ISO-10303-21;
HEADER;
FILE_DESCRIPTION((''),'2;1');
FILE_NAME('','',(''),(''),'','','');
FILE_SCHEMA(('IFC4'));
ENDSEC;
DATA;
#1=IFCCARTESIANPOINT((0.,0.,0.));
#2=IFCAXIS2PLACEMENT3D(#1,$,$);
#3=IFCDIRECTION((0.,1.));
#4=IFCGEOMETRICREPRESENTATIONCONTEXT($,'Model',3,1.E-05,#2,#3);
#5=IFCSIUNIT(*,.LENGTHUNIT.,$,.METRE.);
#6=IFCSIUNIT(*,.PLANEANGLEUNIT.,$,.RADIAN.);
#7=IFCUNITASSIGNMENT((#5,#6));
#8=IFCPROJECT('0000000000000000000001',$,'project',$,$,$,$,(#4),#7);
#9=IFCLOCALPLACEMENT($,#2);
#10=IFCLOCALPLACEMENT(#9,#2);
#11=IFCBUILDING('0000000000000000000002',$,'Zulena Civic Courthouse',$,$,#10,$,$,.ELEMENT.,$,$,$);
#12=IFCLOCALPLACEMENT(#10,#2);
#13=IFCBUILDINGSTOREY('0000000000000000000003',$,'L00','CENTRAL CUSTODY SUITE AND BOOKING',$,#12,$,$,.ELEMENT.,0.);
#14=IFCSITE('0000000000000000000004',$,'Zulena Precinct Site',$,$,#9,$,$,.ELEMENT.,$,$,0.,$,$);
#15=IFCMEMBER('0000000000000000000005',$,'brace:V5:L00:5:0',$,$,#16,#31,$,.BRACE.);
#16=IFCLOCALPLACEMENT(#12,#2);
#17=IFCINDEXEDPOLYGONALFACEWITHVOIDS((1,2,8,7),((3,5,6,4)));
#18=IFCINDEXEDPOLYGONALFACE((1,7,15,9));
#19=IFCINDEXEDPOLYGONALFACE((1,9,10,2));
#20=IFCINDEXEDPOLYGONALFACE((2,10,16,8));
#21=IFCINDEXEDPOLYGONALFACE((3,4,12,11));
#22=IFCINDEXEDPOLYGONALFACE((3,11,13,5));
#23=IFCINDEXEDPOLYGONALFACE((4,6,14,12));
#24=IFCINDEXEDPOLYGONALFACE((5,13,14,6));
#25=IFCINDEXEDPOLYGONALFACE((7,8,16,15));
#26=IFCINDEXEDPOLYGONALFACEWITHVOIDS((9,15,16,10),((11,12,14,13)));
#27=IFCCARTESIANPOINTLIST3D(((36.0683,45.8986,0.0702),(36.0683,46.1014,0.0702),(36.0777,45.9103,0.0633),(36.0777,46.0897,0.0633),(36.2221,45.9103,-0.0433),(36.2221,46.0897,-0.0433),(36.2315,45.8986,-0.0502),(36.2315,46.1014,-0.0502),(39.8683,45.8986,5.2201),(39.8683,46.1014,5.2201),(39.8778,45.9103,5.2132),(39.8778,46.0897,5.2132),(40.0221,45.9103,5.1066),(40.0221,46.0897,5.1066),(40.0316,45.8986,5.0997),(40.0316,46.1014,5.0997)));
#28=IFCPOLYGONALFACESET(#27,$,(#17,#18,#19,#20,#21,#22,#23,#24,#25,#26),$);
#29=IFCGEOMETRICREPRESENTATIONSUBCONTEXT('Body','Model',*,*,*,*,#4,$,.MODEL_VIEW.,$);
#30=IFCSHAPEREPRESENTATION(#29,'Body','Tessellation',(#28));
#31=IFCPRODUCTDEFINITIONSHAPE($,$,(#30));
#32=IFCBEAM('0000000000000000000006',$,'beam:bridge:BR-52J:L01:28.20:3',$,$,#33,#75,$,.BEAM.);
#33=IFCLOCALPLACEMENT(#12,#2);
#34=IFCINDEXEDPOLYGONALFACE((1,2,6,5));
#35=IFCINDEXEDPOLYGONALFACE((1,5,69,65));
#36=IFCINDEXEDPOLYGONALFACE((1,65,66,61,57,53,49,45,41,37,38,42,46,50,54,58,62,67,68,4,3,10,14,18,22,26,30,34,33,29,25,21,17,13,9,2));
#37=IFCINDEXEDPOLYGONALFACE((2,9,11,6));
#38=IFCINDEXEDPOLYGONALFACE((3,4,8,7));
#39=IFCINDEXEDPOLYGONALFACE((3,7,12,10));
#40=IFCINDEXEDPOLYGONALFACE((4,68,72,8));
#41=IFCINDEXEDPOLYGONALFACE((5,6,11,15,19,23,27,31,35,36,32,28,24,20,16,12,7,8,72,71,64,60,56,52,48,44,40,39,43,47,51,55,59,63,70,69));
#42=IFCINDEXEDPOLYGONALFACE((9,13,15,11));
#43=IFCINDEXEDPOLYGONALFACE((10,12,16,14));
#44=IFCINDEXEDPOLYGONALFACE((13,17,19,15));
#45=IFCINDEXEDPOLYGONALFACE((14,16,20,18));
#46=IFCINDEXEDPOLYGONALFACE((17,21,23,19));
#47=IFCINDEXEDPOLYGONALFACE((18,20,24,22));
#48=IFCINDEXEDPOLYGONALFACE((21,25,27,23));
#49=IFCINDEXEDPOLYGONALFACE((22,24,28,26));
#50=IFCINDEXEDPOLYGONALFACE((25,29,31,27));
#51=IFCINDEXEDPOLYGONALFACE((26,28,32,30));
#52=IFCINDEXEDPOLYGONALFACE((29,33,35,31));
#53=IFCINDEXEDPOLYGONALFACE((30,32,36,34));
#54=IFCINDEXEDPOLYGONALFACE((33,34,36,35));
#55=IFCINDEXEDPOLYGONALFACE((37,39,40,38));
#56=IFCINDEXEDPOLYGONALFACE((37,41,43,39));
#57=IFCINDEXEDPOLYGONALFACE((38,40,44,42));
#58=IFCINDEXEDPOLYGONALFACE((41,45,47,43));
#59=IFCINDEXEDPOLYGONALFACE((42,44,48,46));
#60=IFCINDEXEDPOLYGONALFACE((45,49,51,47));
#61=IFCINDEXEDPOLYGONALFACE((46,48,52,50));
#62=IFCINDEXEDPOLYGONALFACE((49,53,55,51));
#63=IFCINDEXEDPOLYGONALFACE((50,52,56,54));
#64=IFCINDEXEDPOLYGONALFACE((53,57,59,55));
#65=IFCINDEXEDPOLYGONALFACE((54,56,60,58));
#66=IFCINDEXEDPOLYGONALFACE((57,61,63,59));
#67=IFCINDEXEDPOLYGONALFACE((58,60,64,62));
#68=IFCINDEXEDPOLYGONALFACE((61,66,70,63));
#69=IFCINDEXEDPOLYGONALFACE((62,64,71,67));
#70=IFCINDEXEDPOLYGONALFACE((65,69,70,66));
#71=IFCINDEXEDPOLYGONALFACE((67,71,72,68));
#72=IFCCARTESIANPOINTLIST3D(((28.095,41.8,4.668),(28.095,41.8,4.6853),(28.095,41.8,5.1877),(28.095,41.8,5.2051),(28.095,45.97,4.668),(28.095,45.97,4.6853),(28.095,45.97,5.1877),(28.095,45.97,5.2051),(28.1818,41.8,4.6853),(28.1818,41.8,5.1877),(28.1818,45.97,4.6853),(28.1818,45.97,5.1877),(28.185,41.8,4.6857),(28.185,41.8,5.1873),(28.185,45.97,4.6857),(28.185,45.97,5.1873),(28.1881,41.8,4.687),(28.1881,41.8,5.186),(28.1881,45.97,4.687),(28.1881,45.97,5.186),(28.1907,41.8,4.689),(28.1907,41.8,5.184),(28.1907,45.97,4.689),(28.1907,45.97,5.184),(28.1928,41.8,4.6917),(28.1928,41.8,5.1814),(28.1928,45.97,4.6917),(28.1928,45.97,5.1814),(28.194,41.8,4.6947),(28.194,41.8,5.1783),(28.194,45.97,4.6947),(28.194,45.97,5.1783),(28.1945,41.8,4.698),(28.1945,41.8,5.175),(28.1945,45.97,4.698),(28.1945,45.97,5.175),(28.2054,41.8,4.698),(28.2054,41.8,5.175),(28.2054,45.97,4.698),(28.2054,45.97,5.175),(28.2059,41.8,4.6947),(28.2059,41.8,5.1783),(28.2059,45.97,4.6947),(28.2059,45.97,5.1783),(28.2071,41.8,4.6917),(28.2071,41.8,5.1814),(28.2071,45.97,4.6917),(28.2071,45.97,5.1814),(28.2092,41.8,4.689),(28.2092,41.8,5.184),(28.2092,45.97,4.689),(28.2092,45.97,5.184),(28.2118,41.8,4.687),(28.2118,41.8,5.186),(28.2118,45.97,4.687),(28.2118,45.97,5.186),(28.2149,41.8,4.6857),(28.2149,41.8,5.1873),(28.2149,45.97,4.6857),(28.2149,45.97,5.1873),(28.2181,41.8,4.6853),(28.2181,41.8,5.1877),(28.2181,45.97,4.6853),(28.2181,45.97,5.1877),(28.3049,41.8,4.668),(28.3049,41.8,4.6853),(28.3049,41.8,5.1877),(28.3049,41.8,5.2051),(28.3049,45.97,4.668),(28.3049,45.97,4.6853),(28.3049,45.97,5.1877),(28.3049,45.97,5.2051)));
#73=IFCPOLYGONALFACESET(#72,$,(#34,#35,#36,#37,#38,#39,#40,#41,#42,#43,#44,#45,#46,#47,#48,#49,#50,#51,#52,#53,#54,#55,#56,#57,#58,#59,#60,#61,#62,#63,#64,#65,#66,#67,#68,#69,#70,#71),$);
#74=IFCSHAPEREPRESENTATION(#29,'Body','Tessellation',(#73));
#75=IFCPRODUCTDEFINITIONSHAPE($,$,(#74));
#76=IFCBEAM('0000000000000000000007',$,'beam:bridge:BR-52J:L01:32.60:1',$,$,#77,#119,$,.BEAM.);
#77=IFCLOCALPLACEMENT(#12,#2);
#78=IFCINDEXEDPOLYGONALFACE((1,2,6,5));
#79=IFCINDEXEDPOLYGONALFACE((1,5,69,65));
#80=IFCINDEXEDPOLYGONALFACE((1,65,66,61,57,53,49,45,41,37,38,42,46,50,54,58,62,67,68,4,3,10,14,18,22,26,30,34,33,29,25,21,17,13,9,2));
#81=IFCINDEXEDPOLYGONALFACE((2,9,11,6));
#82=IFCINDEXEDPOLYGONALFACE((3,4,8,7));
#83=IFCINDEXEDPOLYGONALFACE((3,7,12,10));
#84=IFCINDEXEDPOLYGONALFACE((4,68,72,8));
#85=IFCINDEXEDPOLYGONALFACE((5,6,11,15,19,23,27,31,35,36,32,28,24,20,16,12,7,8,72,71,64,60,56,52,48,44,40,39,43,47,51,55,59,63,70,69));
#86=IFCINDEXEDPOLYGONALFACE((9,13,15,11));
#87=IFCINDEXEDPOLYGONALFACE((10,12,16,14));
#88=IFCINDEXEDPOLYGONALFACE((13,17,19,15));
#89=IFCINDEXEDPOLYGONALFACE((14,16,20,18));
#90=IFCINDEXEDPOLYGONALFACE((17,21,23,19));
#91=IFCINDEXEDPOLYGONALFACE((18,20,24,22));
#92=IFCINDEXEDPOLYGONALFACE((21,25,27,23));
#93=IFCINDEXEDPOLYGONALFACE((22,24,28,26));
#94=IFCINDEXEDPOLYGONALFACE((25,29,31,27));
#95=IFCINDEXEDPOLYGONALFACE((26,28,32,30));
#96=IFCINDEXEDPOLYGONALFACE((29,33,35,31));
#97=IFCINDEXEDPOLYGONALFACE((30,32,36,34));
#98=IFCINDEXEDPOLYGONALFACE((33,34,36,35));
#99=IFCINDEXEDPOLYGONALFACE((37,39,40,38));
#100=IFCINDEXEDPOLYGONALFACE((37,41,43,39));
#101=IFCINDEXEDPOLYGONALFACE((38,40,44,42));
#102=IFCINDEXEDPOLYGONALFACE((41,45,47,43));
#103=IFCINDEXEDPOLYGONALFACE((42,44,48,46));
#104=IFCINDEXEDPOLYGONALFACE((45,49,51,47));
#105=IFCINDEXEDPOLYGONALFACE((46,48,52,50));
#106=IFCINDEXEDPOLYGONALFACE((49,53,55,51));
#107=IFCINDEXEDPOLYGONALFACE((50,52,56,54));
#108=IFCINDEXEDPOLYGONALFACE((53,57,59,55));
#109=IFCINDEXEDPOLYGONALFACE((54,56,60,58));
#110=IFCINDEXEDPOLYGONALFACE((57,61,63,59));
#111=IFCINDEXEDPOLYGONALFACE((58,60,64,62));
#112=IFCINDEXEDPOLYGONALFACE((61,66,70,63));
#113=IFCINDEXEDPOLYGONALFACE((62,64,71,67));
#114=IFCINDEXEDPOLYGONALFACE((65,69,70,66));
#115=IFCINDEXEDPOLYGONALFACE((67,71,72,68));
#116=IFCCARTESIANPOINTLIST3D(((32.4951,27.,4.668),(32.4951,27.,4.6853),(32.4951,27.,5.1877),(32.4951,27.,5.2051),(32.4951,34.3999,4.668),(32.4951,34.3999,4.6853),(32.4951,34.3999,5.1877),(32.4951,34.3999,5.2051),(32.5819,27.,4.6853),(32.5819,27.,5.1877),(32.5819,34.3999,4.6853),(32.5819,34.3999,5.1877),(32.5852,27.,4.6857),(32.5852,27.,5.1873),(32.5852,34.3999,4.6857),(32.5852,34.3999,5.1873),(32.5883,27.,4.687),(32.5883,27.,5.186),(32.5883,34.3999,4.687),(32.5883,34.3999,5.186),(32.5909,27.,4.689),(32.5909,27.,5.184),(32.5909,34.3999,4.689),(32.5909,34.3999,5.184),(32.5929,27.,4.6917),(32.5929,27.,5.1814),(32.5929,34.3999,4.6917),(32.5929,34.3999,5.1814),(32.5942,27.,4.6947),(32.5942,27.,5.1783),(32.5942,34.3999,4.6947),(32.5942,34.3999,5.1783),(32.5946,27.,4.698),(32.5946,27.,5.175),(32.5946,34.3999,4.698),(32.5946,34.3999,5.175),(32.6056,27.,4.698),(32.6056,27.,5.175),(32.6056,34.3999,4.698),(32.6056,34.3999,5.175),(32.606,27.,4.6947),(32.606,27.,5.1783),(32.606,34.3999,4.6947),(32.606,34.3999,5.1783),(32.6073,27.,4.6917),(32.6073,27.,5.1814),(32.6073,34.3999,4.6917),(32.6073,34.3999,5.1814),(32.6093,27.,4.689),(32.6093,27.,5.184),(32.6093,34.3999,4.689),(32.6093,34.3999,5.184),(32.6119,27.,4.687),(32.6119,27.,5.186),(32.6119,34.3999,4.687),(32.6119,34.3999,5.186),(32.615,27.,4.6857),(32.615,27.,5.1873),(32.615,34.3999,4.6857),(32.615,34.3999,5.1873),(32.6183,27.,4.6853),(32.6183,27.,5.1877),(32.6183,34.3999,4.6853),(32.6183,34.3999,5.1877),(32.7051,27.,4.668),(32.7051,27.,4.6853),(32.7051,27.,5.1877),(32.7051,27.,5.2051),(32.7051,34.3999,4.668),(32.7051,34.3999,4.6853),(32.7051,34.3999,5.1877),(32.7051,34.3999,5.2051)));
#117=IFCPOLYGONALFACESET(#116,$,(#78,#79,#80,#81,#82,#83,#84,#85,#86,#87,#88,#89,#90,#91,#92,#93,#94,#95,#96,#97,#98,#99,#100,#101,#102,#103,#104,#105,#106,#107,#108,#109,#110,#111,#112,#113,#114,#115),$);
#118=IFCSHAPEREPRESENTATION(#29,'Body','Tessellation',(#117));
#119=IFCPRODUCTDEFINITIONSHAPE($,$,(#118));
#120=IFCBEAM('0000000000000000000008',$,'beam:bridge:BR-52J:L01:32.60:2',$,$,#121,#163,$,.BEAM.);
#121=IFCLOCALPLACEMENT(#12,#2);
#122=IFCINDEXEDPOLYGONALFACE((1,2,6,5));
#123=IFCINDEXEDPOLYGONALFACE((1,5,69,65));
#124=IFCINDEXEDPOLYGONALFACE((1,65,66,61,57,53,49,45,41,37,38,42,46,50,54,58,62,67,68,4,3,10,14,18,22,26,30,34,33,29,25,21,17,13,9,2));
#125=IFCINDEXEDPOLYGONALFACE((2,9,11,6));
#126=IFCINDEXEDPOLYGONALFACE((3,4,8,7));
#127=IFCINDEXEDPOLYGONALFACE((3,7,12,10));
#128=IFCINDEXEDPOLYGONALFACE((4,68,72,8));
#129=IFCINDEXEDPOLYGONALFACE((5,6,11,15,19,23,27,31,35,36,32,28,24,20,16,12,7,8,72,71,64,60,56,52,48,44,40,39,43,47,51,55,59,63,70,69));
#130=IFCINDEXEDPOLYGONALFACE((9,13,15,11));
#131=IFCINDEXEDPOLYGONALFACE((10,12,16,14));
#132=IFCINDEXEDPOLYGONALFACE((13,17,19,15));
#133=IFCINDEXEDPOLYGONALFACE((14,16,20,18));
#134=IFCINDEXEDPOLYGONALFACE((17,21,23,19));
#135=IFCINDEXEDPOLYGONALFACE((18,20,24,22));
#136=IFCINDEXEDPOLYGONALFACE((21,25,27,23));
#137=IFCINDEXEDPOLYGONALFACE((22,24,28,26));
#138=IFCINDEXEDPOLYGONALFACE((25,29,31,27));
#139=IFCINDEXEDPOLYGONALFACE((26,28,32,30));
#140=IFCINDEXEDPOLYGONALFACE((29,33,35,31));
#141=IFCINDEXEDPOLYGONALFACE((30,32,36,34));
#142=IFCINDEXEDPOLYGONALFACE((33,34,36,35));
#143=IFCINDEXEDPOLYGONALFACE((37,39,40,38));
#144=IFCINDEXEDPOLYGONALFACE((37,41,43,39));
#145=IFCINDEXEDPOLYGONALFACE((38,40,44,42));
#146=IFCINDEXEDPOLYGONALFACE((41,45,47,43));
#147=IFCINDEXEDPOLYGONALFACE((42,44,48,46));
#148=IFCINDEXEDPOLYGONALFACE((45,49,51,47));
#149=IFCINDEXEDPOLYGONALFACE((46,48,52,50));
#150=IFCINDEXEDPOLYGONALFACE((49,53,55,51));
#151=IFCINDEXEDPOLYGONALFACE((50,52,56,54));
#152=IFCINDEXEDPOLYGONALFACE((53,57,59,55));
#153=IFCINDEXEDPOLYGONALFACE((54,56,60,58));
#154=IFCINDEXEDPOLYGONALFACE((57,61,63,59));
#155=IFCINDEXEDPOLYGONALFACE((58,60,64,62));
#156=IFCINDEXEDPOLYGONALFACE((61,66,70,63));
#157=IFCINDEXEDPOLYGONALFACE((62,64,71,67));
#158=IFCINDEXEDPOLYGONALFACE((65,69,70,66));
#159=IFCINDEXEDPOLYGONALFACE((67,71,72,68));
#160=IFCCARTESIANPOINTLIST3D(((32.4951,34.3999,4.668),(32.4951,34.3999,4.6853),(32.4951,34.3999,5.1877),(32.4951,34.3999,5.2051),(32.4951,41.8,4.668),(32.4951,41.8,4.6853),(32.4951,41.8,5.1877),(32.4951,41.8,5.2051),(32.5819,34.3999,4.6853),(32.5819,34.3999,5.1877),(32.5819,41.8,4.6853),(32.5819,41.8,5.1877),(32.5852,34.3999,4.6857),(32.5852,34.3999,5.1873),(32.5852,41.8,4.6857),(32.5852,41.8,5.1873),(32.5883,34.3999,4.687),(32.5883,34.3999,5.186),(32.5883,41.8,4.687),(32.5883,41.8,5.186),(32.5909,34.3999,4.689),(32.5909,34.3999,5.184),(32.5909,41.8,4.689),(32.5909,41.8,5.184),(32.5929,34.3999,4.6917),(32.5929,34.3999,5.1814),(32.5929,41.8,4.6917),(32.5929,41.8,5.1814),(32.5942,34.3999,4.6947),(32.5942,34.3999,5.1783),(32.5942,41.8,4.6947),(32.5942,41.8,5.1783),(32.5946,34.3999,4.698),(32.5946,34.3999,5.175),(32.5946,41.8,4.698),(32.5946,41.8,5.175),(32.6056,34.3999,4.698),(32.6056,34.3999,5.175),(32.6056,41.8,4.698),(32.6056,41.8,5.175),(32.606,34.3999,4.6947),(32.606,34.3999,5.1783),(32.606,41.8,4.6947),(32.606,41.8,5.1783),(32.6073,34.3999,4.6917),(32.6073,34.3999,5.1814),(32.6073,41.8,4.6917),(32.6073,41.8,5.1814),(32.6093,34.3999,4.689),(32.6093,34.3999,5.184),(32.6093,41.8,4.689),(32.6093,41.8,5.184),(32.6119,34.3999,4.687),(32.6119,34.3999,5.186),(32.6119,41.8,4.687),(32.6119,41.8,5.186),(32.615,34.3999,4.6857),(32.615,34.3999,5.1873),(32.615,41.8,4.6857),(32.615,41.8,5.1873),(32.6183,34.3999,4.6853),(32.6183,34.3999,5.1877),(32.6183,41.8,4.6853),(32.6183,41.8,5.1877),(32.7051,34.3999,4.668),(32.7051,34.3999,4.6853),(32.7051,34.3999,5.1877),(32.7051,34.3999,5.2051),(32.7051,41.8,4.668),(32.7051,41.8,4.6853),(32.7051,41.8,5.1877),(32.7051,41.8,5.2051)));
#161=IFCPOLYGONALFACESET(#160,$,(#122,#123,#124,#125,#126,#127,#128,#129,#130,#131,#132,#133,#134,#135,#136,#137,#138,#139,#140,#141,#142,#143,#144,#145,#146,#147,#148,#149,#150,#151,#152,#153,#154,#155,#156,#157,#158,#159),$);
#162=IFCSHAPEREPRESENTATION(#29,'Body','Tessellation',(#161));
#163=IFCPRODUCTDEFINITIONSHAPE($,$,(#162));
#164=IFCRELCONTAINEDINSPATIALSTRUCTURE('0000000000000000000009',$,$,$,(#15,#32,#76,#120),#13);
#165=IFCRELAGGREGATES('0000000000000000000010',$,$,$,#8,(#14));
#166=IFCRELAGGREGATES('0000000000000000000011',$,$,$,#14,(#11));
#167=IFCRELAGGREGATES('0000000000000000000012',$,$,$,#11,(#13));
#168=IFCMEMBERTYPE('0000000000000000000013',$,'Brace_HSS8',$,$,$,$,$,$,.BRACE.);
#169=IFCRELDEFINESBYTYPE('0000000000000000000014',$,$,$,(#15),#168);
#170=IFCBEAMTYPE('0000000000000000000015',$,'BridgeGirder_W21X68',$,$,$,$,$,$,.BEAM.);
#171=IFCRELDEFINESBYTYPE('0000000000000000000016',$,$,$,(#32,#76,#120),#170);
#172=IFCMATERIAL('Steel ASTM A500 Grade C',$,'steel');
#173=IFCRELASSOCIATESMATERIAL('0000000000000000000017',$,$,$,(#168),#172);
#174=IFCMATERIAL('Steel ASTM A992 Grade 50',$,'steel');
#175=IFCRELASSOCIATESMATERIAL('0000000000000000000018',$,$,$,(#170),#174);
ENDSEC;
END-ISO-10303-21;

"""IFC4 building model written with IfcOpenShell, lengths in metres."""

from ifc_helpers import new_model, si_unit, direction, frame, origin, origin_2d, place, context, subcontext, project, spatial, hollow_rectangle, i_section, extrude, material, material_profile, profile_set, type_object, element, save


model = new_model("IFC4")

# Units and contexts
model_context = context("Model", 3, precision=1e-05, world=origin(), true_north=direction((0.0, 1.0)))
body_context = subcontext(model_context, "Body", "Model", "MODEL_VIEW")
ifc_project = project(units=[si_unit("LENGTHUNIT", "METRE"), si_unit("PLANEANGLEUNIT", "RADIAN")], contexts=[model_context])

# Site, building, storey
site_placement = place(None, origin())
site = spatial("IfcSite", under=ifc_project, at=site_placement, Name="Zulena Precinct Site", CompositionType="ELEMENT", RefElevation=0.0)
building_placement = place(site_placement, origin())
building = spatial("IfcBuilding", under=site, at=building_placement, Name="Zulena Civic Courthouse", CompositionType="ELEMENT")
storey_placement = place(building_placement, origin())
storey = spatial("IfcBuildingStorey", under=building, at=storey_placement, Name="L00", Description="CENTRAL CUSTODY SUITE AND BOOKING", CompositionType="ELEMENT", Elevation=0.0)

# Shared definitions
ifc_material_1 = material(Name="Steel ASTM A992 Grade 50", Category="steel")

# Member
ifc_material_2 = material(Name="Steel ASTM A500 Grade C", Category="steel")
ifc_material_profile_1 = material_profile(ifc_material_2, hollow_rectangle(XDim=0.2029, YDim=0.2029, WallThickness=0.0117, at=origin_2d()), Name="HSS8X8X1/2")
ifc_profile_set_1 = profile_set([ifc_material_profile_1], Name="Steel ASTM A500 Grade C")
member_type = type_object("IfcMemberType", Name="Brace_HSS8", PredefinedType="BRACE", material=ifc_profile_set_1)
member_placement = place(storey_placement, frame((36.1499, 46.0, 0.01), z_axis=(0.593744, 0.0, 0.804654), x_axis=(0.0, 1.0, 0.0)))
element("IfcMember", 1, at=member_placement, inside=storey, type_object=member_type, Name="brace:V5:L00:5:0", PredefinedType="BRACE", context=body_context, shape_type="SweptSolid", body=[
    extrude(hollow_rectangle(XDim=0.2029, YDim=0.2029, WallThickness=0.0117, at=origin_2d()), origin(), (0.0, 0.0, 1.0), 6.4001),
])

# Beams
ifc_material_profile_2 = material_profile(ifc_material_1, i_section(OverallWidth=0.21, OverallDepth=0.5371, WebThickness=0.011, FlangeThickness=0.0173, FilletRadius=0.0127, at=origin_2d()), Name="W21X68")
ifc_profile_set_2 = profile_set([ifc_material_profile_2], Name="Steel ASTM A992 Grade 50")
beam_type_1 = type_object("IfcBeamType", Name="BridgeGirder_W21X68", PredefinedType="BEAM", material=ifc_profile_set_2)
beam_1_placement = place(storey_placement, frame((28.2, 41.8, 4.9365), z_axis=(0.0, 1.0, 0.0), x_axis=(-1.0, 0.0, 0.0)))
element("IfcBeam", 2, at=beam_1_placement, inside=storey, type_object=beam_type_1, Name="beam:bridge:BR-52J:L01:28.20:3", PredefinedType="BEAM", context=body_context, shape_type="SweptSolid", body=[
    extrude(i_section(OverallWidth=0.21, OverallDepth=0.5371, WebThickness=0.011, FlangeThickness=0.0173, FilletRadius=0.0127, at=origin_2d()), origin(), (0.0, 0.0, 1.0), 4.1699),
])
beam_2_placement = place(storey_placement, frame((32.6001, 27.0, 4.9365), z_axis=(0.0, 1.0, 0.0), x_axis=(-1.0, 0.0, 0.0)))
element("IfcBeam", 3, at=beam_2_placement, inside=storey, type_object=beam_type_1, Name="beam:bridge:BR-52J:L01:32.60:1", PredefinedType="BEAM", context=body_context, shape_type="SweptSolid", body=[
    extrude(i_section(OverallWidth=0.21, OverallDepth=0.5371, WebThickness=0.011, FlangeThickness=0.0173, FilletRadius=0.0127, at=origin_2d()), origin(), (0.0, 0.0, 1.0), 7.3999),
])
beam_3_placement = place(storey_placement, frame((32.6001, 34.3999, 4.9365), z_axis=(0.0, 1.0, 0.0), x_axis=(-1.0, 0.0, 0.0)))
element("IfcBeam", 4, at=beam_3_placement, inside=storey, type_object=beam_type_1, Name="beam:bridge:BR-52J:L01:32.60:2", PredefinedType="BEAM", context=body_context, shape_type="SweptSolid", body=[
    extrude(i_section(OverallWidth=0.21, OverallDepth=0.5371, WebThickness=0.011, FlangeThickness=0.0173, FilletRadius=0.0127, at=origin_2d()), origin(), (0.0, 0.0, 1.0), 7.4001),
])

save(model, "model.ifc")
